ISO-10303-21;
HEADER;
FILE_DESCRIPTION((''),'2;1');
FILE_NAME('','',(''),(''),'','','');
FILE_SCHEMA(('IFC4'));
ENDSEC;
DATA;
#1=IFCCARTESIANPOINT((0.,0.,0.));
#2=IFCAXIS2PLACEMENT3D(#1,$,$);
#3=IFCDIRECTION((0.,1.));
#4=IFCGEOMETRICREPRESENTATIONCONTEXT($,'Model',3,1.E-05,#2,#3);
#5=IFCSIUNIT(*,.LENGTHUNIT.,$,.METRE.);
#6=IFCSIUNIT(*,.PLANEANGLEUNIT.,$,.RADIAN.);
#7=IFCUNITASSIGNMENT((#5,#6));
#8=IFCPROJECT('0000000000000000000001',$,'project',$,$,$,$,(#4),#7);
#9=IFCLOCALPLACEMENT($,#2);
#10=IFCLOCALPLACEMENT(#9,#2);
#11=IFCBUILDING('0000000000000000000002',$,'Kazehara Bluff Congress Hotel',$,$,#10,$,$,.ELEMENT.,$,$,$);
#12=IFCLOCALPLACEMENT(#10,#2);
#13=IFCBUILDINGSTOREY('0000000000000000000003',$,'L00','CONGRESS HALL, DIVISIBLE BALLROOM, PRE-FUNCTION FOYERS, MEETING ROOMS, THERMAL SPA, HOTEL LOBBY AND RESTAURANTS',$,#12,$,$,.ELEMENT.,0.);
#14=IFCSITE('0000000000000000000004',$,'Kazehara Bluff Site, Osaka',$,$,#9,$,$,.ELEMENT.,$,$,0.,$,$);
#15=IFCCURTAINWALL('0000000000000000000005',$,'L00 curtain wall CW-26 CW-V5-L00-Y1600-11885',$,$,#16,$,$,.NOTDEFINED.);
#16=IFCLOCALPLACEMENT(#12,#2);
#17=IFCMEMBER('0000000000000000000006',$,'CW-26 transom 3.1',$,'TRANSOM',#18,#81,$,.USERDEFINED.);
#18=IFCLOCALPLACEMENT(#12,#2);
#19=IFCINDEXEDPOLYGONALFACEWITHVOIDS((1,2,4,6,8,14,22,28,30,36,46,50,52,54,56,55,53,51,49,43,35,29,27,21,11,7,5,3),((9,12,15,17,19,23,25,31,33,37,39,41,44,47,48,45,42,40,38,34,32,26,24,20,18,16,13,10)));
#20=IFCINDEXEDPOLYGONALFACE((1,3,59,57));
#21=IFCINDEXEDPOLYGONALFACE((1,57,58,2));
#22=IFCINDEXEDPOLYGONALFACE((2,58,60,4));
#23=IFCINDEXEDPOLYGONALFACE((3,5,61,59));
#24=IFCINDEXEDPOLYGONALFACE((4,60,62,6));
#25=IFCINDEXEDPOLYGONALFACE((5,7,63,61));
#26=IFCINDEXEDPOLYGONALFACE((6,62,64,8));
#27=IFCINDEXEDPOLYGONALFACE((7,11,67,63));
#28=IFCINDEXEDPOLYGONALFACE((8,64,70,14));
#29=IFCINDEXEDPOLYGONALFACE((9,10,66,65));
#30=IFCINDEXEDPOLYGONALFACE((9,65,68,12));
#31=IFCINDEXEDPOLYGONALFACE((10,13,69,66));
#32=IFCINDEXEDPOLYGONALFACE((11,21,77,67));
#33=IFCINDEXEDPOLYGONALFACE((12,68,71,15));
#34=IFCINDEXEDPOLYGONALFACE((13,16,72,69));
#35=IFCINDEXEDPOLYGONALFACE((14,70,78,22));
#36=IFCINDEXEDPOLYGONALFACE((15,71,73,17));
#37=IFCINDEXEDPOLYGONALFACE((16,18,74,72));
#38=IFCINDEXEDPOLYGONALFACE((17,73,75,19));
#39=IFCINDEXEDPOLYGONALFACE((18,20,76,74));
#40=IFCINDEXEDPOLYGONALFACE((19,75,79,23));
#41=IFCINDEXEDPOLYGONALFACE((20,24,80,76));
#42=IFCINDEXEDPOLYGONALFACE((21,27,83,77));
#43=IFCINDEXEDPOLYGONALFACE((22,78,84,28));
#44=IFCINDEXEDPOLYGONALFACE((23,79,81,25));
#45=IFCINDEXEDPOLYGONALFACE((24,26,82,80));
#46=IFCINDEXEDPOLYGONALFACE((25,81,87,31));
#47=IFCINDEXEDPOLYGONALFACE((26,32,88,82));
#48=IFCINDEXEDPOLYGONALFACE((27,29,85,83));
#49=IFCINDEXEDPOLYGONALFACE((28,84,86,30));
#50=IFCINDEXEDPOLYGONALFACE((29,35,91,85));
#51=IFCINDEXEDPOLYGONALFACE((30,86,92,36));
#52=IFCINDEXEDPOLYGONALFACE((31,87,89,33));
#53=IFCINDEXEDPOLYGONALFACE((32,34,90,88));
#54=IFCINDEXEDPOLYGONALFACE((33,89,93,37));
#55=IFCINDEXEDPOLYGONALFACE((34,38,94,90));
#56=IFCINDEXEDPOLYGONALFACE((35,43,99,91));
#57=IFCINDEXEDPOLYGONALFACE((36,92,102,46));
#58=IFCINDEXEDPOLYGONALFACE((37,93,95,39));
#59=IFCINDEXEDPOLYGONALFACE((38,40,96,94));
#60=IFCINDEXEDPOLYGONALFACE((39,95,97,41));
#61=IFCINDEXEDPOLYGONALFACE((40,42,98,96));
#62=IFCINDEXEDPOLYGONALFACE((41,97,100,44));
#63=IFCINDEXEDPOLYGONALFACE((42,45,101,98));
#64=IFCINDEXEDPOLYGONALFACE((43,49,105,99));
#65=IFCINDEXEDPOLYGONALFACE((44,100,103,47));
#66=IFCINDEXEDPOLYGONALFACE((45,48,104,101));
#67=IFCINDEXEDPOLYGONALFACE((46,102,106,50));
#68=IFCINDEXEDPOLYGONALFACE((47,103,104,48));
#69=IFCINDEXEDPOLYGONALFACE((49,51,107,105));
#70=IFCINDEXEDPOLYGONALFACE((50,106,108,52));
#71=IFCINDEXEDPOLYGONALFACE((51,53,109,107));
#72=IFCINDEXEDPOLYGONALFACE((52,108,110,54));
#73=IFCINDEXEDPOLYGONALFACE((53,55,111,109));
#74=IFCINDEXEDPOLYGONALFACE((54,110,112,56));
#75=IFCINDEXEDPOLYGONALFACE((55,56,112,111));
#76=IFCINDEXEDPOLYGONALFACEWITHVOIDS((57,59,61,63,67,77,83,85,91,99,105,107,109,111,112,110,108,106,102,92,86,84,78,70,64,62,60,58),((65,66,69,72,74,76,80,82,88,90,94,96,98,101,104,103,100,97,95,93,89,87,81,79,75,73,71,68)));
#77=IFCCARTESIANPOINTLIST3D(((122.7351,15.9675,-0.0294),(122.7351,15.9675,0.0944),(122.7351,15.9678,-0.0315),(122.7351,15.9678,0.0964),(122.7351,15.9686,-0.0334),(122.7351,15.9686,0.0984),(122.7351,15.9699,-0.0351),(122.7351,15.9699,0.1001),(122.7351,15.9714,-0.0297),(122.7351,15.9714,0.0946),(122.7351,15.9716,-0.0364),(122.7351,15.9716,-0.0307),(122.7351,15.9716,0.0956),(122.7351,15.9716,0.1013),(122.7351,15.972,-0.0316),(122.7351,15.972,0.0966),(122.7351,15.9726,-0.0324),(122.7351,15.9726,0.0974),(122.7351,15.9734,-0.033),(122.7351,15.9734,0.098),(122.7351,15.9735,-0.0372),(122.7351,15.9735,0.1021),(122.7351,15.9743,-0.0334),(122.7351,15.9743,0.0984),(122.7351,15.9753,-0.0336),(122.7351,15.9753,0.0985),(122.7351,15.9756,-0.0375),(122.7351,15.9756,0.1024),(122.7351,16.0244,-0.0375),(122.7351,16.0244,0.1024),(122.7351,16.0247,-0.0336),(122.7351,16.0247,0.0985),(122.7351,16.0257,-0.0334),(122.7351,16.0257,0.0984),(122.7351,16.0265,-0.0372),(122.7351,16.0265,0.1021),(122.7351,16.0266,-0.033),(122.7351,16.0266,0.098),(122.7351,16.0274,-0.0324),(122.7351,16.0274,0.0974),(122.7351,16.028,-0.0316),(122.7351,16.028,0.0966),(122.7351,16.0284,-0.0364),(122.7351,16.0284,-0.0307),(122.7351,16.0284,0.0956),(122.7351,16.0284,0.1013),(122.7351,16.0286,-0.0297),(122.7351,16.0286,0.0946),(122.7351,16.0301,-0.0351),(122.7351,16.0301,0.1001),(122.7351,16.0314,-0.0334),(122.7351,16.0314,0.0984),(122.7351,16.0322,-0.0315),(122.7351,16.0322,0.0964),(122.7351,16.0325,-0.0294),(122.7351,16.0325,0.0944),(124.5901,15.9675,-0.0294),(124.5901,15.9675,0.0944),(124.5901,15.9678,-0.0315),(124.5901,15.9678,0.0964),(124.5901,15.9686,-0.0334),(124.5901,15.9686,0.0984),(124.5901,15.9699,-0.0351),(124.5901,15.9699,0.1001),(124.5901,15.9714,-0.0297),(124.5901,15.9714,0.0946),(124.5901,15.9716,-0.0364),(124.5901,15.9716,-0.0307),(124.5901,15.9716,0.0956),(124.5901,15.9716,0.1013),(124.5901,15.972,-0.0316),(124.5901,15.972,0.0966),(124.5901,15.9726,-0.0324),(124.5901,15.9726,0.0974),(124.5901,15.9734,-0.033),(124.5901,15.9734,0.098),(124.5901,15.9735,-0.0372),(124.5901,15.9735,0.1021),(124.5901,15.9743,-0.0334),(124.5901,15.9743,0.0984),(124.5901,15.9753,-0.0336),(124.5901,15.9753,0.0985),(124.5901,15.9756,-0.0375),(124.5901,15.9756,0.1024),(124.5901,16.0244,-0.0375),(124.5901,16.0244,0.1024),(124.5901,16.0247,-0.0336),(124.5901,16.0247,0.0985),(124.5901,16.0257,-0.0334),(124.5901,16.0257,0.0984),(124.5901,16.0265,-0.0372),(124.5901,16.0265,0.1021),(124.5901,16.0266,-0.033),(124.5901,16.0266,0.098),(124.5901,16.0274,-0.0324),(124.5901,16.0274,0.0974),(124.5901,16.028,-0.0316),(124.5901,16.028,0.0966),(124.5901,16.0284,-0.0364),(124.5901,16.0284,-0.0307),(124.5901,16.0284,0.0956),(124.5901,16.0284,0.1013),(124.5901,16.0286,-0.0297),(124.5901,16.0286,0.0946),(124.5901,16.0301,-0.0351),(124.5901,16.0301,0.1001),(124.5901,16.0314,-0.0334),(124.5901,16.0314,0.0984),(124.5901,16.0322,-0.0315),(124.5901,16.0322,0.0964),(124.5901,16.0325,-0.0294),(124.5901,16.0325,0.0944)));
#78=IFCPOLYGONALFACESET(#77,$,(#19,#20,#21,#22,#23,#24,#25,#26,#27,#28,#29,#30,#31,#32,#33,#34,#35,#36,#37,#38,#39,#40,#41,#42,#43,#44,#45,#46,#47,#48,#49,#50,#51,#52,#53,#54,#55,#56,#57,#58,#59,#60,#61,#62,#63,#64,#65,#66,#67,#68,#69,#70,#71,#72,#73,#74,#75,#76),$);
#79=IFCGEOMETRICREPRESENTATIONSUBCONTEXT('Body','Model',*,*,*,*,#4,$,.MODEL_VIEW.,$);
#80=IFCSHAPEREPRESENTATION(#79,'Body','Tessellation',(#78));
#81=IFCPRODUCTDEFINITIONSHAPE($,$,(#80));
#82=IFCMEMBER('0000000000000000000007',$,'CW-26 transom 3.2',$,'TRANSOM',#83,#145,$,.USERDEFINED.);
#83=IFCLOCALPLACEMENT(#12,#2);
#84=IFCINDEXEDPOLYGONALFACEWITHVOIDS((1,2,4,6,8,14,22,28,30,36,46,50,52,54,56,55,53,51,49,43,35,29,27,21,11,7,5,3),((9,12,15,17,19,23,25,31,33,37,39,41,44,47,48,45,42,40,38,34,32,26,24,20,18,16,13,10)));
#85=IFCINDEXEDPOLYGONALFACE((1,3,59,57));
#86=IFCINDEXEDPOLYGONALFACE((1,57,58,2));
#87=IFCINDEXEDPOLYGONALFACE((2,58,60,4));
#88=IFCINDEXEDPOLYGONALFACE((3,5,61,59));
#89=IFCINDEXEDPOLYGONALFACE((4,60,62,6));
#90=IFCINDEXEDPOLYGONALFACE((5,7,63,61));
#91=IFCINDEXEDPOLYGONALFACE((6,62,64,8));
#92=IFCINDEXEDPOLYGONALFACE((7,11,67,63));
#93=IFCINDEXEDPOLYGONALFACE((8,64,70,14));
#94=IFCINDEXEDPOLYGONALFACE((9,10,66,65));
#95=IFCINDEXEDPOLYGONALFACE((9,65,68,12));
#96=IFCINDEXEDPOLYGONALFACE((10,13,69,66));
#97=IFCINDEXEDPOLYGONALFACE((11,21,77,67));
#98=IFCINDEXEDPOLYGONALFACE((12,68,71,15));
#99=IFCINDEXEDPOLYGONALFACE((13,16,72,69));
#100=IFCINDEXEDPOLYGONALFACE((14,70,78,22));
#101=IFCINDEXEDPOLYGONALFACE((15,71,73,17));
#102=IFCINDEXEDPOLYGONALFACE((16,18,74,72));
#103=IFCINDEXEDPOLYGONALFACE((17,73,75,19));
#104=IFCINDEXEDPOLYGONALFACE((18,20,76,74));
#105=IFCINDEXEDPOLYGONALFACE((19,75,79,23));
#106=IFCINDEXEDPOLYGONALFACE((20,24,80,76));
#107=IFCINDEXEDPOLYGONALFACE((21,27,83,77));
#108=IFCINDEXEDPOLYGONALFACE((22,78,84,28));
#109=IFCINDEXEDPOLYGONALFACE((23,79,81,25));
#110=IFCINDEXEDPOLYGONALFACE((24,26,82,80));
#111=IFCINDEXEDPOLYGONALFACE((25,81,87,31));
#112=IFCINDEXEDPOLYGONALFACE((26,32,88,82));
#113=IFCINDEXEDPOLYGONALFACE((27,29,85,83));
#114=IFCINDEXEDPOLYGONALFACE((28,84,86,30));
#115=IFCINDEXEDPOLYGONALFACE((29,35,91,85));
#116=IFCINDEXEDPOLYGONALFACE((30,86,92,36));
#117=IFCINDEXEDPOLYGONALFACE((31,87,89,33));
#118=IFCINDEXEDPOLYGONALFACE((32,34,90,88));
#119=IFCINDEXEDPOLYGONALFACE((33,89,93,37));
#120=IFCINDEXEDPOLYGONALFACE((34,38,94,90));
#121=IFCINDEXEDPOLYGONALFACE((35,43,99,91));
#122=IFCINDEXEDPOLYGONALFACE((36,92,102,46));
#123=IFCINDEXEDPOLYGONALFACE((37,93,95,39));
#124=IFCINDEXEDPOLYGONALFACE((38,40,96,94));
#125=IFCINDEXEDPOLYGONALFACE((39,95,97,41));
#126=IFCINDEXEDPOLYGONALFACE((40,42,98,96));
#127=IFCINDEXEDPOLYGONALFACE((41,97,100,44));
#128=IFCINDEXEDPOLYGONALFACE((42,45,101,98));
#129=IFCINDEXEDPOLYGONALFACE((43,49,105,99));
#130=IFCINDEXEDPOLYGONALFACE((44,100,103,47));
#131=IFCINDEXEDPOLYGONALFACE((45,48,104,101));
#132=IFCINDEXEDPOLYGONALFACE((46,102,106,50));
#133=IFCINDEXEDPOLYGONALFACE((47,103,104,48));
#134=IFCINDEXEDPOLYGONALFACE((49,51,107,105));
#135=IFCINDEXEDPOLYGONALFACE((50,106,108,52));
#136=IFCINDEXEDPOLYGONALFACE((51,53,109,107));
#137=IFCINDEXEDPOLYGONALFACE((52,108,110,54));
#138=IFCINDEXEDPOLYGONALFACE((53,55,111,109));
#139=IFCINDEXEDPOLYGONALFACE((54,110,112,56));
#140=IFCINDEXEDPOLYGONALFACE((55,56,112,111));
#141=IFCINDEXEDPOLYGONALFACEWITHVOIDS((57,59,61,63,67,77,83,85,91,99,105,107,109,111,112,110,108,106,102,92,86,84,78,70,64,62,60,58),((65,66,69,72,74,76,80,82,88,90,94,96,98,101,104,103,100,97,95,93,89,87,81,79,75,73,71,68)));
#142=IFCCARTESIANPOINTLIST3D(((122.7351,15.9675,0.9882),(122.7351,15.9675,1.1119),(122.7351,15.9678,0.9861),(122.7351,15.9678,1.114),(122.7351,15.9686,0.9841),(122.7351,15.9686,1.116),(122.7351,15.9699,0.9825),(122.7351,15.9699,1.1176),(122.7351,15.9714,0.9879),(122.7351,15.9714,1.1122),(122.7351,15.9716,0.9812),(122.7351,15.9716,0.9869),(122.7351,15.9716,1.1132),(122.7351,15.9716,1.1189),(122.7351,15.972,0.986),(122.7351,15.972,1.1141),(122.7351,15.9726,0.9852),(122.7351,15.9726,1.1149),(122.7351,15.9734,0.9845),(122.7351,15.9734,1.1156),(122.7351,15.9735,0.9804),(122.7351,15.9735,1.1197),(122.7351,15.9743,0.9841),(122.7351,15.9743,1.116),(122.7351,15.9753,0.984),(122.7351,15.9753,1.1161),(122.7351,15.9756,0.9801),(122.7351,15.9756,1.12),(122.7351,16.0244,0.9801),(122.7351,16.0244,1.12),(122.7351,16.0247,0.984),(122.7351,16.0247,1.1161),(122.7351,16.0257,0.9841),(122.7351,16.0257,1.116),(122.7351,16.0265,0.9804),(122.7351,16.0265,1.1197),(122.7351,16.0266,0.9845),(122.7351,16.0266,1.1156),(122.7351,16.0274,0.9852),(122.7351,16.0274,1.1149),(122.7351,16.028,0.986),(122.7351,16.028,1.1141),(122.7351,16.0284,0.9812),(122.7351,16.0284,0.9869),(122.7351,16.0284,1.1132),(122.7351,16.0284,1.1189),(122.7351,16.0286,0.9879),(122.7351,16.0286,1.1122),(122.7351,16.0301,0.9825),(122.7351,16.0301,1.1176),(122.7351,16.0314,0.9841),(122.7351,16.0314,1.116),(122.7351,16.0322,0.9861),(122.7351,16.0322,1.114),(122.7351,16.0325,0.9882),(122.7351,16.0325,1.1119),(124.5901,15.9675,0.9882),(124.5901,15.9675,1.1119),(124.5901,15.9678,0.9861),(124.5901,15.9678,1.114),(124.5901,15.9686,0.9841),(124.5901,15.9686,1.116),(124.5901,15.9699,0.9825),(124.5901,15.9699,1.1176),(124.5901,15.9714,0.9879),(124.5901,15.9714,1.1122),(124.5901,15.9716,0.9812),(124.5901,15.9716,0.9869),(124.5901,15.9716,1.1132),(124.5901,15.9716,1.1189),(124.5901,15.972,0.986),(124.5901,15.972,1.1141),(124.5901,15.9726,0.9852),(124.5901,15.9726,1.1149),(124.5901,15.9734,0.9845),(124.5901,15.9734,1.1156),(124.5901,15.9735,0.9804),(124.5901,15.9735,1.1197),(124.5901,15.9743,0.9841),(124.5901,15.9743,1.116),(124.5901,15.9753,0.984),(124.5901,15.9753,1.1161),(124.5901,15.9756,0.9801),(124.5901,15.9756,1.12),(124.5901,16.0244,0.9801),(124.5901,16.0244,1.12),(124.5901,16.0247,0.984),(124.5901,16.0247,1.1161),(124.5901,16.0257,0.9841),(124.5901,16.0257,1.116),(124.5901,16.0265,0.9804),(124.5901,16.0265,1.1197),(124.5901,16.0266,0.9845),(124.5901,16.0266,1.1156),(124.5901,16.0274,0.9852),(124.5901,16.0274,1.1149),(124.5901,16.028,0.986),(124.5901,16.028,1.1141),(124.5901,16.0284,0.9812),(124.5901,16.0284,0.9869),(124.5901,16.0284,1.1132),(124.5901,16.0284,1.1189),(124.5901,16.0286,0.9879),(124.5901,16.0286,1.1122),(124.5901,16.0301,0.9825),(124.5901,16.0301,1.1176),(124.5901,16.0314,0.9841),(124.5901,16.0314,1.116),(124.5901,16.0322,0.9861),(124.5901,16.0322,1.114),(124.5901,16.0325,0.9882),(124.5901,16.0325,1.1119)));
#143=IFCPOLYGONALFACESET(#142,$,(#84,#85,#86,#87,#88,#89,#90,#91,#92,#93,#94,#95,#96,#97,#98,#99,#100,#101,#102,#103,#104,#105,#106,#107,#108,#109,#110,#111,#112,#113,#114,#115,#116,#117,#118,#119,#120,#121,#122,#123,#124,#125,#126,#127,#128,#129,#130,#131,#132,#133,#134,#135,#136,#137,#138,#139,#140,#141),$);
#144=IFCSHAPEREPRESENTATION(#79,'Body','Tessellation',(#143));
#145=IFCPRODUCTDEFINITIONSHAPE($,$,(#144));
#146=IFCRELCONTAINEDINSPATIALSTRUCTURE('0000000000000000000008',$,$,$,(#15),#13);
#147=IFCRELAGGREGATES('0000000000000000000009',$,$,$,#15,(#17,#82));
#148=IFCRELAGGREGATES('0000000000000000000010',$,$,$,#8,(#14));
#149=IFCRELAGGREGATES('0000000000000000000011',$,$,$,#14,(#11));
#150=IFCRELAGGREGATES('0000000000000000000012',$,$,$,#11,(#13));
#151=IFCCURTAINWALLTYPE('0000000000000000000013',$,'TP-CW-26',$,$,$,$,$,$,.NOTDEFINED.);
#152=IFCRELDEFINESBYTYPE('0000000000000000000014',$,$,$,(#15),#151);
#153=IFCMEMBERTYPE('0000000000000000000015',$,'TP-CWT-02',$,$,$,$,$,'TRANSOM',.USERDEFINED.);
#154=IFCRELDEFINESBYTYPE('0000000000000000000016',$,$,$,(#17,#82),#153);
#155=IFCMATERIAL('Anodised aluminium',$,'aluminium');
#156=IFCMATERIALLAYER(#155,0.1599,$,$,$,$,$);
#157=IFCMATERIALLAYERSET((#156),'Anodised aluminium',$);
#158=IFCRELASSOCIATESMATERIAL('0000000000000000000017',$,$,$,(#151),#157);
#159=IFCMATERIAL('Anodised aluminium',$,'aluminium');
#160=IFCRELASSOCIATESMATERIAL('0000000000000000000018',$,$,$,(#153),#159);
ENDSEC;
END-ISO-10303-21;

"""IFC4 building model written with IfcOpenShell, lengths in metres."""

from ifc_helpers import new_model, si_unit, direction, frame, origin, origin_2d, place, context, subcontext, project, spatial, hollow_rectangle, extrude, material, layer, layer_set, material_profile, profile_set, type_object, element, aggregate, save


model = new_model("IFC4")

# Units and contexts
model_context = context("Model", 3, precision=1e-05, world=origin(), true_north=direction((0.0, 1.0)))
body_context = subcontext(model_context, "Body", "Model", "MODEL_VIEW")
ifc_project = project(units=[si_unit("LENGTHUNIT", "METRE"), si_unit("PLANEANGLEUNIT", "RADIAN")], contexts=[model_context])

# Site, building, storey
site_placement = place(None, origin())
site = spatial("IfcSite", under=ifc_project, at=site_placement, Name="Kazehara Bluff Site, Osaka", CompositionType="ELEMENT", RefElevation=0.0)
building_placement = place(site_placement, origin())
building = spatial("IfcBuilding", under=site, at=building_placement, Name="Kazehara Bluff Congress Hotel", CompositionType="ELEMENT")
storey_placement = place(building_placement, origin())
storey = spatial("IfcBuildingStorey", under=building, at=storey_placement, Name="L00", Description="CONGRESS HALL, DIVISIBLE BALLROOM, PRE-FUNCTION FOYERS, MEETING ROOMS, THERMAL SPA, HOTEL LOBBY AND RESTAURANTS", CompositionType="ELEMENT", Elevation=0.0)

# Curtain wall, members
ifc_material_1 = material(Name="Anodised aluminium", Category="aluminium")
ifc_layer_1 = layer(ifc_material_1, 0.1599)
ifc_layer_set_1 = layer_set([ifc_layer_1], Name="Anodised aluminium")
curtain_wall_type = type_object("IfcCurtainWallType", Name="TP-CW-26", PredefinedType="NOTDEFINED", material=ifc_layer_set_1)
curtain_wall_placement = place(storey_placement, origin())
curtain_wall = element("IfcCurtainWall", 1, at=curtain_wall_placement, inside=storey, type_object=curtain_wall_type, Name="L00 curtain wall CW-26 CW-V5-L00-Y1600-11885", PredefinedType="NOTDEFINED")
ifc_material_2 = material(Name="Anodised aluminium", Category="aluminium")
ifc_material_profile_1 = material_profile(ifc_material_2, hollow_rectangle(XDim=0.0649, YDim=0.1399, WallThickness=0.0039, InnerFilletRadius=0.0039, OuterFilletRadius=0.0081, at=origin_2d()))
ifc_profile_set_1 = profile_set([ifc_material_profile_1], Name="Anodised aluminium")
member_type_1 = type_object("IfcMemberType", Name="TP-CWT-02", ElementType="TRANSOM", PredefinedType="USERDEFINED", material=ifc_profile_set_1)
member_1_placement = place(storey_placement, frame((122.7351, 16.0, 0.0325), z_axis=(1.0, 0.0, 0.0), x_axis=(0.0, 1.0, 0.0)))
member_1 = element("IfcMember", 2, at=member_1_placement, type_object=member_type_1, Name="CW-26 transom 3.1", ObjectType="TRANSOM", PredefinedType="USERDEFINED", context=body_context, shape_type="SweptSolid", body=[
    extrude(hollow_rectangle(XDim=0.0649, YDim=0.1399, WallThickness=0.0039, InnerFilletRadius=0.0039, OuterFilletRadius=0.0081, at=origin_2d()), origin(), (0.0, 0.0, 1.0), 1.855),
])
member_2_placement = place(storey_placement, frame((122.7351, 16.0, 1.05), z_axis=(1.0, 0.0, 0.0), x_axis=(0.0, 1.0, 0.0)))
member_2 = element("IfcMember", 3, at=member_2_placement, type_object=member_type_1, Name="CW-26 transom 3.2", ObjectType="TRANSOM", PredefinedType="USERDEFINED", context=body_context, shape_type="SweptSolid", body=[
    extrude(hollow_rectangle(XDim=0.0649, YDim=0.1399, WallThickness=0.0039, InnerFilletRadius=0.0039, OuterFilletRadius=0.0081, at=origin_2d()), origin(), (0.0, 0.0, 1.0), 1.855),
])

aggregate(curtain_wall, [member_1, member_2])

save(model, "model.ifc")
